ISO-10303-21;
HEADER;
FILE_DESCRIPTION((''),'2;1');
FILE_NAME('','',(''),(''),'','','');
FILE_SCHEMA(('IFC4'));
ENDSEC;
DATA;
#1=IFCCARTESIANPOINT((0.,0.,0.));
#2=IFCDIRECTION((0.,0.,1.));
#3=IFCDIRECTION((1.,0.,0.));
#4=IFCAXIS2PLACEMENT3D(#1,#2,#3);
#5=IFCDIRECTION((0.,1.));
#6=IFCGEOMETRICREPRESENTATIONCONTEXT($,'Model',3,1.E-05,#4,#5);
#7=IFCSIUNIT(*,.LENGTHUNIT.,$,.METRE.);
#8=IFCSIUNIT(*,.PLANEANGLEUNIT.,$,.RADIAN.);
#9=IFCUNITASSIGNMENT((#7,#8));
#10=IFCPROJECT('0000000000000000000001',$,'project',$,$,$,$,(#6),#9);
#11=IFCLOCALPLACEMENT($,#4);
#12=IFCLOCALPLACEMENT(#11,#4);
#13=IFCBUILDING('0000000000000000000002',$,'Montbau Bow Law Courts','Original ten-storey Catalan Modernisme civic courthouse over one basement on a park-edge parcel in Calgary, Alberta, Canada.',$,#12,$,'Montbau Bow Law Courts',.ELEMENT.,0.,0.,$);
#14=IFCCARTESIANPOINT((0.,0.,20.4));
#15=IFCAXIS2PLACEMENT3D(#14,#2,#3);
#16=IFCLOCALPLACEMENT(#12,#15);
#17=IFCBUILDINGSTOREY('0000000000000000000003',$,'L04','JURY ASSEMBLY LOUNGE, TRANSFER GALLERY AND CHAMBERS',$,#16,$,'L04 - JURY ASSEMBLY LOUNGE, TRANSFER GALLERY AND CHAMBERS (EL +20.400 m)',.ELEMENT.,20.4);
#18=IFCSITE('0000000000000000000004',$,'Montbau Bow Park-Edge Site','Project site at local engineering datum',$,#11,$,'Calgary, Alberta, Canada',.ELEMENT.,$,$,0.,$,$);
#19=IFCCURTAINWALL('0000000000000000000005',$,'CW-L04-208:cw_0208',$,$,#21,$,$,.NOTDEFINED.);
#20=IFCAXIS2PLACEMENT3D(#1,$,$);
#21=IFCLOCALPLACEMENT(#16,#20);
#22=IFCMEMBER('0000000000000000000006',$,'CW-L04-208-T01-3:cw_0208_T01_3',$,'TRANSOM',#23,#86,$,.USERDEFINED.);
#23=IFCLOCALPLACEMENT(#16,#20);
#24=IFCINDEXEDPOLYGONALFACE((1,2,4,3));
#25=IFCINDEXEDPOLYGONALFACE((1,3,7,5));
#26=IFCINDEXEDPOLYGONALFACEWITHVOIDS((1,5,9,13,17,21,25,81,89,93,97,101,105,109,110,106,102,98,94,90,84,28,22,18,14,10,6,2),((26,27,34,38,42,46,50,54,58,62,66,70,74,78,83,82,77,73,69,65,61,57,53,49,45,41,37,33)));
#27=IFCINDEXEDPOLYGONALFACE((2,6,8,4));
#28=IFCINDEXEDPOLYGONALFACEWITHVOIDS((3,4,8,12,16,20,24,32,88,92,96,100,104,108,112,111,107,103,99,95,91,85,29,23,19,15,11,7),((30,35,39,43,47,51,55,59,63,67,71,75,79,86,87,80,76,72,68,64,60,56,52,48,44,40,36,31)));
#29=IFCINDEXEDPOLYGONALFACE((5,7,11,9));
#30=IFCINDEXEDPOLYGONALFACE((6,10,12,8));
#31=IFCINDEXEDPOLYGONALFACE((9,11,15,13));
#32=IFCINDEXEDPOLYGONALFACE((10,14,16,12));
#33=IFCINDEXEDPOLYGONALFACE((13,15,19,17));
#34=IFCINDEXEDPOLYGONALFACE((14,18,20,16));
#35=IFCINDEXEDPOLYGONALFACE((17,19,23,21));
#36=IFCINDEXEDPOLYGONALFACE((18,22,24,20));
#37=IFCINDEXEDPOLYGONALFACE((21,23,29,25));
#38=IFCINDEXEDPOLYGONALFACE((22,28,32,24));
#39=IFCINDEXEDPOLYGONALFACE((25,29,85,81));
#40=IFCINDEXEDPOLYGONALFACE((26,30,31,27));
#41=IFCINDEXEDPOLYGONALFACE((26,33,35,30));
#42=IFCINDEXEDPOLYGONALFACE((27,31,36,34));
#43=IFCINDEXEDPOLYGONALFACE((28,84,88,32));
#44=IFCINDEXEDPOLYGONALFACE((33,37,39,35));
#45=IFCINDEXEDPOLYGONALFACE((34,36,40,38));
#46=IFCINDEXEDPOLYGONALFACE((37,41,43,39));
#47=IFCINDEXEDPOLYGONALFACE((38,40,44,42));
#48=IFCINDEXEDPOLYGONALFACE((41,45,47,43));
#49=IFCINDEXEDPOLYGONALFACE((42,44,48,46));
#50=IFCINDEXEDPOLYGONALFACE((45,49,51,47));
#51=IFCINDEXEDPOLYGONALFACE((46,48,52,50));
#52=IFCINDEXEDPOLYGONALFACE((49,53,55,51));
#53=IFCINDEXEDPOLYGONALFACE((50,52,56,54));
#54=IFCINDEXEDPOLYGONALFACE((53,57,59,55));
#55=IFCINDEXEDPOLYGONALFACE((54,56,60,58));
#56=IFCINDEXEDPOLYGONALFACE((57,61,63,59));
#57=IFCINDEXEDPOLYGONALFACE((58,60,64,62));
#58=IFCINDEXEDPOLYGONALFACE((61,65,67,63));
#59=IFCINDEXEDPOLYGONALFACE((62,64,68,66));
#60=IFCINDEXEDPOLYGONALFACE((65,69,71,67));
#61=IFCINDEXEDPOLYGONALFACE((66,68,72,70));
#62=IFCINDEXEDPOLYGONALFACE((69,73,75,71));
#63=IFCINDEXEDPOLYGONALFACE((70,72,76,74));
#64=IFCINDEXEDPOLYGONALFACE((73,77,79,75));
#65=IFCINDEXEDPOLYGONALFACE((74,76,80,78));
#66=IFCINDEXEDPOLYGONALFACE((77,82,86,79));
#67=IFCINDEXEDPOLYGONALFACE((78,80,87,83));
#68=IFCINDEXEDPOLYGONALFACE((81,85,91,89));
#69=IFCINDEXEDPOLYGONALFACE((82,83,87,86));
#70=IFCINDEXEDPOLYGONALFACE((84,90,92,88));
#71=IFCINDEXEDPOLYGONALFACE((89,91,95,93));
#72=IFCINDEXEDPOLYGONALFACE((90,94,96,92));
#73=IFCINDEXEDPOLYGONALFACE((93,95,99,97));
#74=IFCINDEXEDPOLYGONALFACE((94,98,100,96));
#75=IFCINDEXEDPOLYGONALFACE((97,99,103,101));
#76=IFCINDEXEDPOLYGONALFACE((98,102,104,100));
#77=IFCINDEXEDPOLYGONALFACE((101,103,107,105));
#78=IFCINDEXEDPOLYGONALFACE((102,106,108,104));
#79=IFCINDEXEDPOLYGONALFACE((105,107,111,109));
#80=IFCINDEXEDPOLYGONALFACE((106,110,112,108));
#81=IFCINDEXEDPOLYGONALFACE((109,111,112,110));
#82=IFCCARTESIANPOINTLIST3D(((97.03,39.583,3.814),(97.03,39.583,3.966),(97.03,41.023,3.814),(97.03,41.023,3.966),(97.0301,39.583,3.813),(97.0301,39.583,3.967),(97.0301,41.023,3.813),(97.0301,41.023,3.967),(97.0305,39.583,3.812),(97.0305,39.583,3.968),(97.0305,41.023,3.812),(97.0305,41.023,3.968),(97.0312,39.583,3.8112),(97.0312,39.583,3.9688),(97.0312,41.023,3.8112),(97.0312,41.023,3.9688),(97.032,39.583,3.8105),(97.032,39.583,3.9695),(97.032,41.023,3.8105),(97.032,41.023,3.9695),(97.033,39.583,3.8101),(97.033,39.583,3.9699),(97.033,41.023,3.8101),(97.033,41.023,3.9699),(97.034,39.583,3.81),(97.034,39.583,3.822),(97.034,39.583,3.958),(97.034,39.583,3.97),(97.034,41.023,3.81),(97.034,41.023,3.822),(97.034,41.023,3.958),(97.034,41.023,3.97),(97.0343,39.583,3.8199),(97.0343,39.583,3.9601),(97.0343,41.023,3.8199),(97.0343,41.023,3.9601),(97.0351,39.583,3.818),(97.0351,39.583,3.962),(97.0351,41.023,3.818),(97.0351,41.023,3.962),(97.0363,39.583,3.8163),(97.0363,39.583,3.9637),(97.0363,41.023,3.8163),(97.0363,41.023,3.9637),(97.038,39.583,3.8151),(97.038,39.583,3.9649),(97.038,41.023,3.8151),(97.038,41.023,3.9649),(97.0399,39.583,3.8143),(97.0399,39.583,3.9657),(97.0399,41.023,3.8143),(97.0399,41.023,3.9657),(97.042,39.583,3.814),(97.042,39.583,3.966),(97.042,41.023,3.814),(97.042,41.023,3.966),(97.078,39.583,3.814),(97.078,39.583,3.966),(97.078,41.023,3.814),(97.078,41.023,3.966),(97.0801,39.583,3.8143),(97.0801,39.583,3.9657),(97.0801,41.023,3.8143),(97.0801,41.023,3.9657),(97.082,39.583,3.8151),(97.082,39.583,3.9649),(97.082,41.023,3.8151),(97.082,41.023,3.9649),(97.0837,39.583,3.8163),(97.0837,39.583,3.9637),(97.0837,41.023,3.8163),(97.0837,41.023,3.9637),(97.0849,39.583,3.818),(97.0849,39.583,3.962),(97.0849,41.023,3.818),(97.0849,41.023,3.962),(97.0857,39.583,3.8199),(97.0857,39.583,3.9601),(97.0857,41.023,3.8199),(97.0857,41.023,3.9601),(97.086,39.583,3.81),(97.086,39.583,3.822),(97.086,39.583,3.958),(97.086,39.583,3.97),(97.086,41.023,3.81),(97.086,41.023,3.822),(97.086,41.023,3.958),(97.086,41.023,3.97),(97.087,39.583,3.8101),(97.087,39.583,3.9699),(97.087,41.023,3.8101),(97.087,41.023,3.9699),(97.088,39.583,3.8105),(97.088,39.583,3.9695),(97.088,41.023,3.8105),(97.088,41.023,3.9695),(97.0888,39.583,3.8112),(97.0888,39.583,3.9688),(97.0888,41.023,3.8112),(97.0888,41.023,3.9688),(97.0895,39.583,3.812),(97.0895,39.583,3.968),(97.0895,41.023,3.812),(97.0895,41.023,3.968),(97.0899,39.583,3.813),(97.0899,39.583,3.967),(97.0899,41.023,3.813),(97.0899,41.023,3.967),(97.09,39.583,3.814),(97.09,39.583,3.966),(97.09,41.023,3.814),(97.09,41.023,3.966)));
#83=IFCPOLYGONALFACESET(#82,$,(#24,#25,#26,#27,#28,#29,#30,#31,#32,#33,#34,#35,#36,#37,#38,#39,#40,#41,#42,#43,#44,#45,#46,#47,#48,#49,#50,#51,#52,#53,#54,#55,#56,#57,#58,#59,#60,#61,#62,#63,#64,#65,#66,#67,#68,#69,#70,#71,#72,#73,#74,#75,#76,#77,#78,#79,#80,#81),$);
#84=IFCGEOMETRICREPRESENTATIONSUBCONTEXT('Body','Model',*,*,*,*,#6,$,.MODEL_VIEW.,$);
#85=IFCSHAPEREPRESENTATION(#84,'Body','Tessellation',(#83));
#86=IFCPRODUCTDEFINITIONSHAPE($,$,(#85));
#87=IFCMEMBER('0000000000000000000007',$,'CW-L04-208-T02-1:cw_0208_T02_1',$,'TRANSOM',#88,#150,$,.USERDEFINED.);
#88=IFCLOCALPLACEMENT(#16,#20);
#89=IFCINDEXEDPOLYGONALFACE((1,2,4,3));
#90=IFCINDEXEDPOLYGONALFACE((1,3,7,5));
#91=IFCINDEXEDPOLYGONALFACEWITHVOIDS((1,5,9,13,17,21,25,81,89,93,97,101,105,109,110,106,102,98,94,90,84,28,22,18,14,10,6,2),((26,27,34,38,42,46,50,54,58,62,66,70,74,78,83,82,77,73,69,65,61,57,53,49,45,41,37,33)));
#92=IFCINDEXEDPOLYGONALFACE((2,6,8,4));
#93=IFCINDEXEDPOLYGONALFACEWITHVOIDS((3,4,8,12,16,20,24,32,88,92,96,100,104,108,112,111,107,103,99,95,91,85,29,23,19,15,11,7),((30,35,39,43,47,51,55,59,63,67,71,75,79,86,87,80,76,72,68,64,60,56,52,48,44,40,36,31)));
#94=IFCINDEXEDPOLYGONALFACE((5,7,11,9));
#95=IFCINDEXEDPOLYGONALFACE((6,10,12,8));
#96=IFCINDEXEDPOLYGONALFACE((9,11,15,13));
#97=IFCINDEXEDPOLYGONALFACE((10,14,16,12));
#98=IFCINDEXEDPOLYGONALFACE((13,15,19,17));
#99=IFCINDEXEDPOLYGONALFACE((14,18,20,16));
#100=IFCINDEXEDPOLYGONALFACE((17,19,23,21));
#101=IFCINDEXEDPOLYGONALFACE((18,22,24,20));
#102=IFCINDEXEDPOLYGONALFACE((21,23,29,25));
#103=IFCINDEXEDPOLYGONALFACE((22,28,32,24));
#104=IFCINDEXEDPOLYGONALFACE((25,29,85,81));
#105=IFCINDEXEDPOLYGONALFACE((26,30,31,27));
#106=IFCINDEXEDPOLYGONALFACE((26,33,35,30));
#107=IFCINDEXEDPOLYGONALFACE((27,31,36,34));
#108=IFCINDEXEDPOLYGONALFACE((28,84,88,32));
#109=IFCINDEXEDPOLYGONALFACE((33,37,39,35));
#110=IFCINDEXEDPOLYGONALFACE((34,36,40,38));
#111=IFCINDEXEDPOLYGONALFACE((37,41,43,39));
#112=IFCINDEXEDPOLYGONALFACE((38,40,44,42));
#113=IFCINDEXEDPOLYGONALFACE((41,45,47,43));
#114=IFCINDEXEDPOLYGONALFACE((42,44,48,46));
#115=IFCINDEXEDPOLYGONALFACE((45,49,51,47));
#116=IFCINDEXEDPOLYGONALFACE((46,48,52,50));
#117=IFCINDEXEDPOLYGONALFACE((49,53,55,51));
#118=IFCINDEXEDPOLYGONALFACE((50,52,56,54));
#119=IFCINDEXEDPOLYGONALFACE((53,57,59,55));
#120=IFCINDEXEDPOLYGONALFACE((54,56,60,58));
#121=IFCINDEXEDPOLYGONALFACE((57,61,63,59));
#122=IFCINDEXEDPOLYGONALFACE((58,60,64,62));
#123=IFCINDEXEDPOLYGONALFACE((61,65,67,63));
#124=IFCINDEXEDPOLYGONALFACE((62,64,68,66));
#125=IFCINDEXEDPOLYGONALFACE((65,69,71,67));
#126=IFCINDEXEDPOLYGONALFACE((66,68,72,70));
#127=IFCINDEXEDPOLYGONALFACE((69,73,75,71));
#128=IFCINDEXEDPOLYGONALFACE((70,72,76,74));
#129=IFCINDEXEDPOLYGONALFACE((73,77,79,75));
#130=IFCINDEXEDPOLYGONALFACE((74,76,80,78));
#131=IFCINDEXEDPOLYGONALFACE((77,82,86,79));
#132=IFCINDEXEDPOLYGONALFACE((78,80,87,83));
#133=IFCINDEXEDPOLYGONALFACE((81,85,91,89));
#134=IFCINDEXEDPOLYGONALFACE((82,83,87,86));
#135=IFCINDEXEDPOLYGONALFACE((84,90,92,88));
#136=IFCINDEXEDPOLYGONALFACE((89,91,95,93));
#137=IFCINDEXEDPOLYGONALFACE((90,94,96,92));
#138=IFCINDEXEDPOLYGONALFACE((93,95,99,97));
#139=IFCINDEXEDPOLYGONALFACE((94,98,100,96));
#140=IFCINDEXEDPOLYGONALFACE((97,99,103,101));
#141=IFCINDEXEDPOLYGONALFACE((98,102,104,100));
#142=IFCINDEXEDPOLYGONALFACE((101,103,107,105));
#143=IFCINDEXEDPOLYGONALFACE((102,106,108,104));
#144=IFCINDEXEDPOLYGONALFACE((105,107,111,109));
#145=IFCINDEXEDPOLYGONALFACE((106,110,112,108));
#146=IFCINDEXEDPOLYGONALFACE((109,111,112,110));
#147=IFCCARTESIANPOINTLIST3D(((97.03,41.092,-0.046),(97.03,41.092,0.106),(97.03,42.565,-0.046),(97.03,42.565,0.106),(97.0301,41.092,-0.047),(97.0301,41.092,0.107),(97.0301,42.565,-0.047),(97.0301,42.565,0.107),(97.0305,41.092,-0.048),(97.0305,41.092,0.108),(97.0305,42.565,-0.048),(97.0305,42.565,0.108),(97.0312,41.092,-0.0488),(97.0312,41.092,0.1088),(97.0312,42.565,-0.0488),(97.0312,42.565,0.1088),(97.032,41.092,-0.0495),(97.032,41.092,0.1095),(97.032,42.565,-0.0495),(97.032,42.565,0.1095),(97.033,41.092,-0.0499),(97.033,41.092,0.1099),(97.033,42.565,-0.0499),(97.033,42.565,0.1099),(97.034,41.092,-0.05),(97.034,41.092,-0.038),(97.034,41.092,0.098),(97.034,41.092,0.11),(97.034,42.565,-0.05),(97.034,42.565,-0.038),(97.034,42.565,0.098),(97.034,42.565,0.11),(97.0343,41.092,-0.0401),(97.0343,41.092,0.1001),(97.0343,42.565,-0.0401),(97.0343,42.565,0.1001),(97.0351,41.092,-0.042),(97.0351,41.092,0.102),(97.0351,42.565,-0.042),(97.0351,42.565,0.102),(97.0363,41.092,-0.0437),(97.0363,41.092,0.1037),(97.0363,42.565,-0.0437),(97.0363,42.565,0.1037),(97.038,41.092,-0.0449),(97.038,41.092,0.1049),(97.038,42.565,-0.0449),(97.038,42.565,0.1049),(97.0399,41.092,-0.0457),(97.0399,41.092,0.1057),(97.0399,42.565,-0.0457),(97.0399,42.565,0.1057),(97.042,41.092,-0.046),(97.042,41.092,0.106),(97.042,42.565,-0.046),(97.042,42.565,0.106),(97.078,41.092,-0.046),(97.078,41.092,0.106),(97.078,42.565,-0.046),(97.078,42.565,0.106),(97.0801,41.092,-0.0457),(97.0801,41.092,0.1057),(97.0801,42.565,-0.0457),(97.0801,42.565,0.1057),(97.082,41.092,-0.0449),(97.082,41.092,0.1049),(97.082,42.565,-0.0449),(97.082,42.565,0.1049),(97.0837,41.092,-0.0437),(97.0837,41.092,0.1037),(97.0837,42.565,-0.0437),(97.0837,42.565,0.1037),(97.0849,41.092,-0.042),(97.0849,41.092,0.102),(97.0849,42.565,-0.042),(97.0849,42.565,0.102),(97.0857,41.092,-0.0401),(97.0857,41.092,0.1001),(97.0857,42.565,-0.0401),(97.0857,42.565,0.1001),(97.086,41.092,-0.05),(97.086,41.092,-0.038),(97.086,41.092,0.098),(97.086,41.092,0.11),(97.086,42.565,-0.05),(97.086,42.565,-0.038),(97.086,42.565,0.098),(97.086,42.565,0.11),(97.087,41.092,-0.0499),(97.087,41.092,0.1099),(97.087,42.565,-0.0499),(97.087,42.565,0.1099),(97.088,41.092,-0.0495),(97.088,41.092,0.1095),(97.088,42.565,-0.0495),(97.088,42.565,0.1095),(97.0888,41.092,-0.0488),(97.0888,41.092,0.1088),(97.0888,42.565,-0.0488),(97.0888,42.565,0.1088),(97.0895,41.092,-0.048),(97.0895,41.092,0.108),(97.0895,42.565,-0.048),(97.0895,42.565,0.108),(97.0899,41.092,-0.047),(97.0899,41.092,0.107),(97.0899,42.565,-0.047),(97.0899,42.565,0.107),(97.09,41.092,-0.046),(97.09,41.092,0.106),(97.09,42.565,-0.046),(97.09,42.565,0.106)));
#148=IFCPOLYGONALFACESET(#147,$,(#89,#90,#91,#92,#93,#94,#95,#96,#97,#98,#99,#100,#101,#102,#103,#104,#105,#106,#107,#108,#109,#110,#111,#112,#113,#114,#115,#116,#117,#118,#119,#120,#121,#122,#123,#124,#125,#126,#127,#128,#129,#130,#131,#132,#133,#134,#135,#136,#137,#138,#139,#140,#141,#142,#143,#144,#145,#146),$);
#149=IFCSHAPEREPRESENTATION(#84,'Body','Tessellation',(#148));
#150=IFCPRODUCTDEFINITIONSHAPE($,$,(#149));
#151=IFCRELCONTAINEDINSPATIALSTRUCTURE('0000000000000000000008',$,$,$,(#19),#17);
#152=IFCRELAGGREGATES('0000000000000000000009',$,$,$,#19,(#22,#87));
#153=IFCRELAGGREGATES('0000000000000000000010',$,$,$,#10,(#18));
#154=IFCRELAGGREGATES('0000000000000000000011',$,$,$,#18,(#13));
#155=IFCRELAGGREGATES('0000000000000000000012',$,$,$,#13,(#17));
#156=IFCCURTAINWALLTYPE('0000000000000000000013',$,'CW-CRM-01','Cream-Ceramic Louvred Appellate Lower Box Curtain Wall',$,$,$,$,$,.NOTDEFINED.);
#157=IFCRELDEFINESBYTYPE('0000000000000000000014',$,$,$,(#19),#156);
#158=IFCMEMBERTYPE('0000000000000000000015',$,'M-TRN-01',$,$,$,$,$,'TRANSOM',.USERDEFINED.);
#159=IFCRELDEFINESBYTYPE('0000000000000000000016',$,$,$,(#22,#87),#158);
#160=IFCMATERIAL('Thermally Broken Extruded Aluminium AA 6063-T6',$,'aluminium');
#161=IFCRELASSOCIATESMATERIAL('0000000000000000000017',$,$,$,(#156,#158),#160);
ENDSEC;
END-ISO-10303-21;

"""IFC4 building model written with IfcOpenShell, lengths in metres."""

from ifc_helpers import new_model, si_unit, direction, frame, origin_with_axes, origin_2d_with_axis, place, context, subcontext, project, spatial, hollow_rectangle, extrude, material, material_profile, profile_set, type_object, element, aggregate, save


model = new_model("IFC4")

# Units and contexts
model_context = context("Model", 3, precision=1e-05, world=origin_with_axes(), true_north=direction((0.0, 1.0)))
body_context = subcontext(model_context, "Body", "Model", "MODEL_VIEW")
ifc_project = project(units=[si_unit("LENGTHUNIT", "METRE"), si_unit("PLANEANGLEUNIT", "RADIAN")], contexts=[model_context])

# Site, building, storey
site_placement = place(None, origin_with_axes())
site = spatial("IfcSite", under=ifc_project, at=site_placement, Name="Montbau Bow Park-Edge Site", Description="Project site at local engineering datum", LongName="Calgary, Alberta, Canada", CompositionType="ELEMENT", RefElevation=0.0)
building_placement = place(site_placement, origin_with_axes())
building = spatial("IfcBuilding", under=site, at=building_placement, Name="Montbau Bow Law Courts", Description="Original ten-storey Catalan Modernisme civic courthouse over one basement on a park-edge parcel in Calgary, Alberta, Canada.", LongName="Montbau Bow Law Courts", CompositionType="ELEMENT", ElevationOfRefHeight=0.0, ElevationOfTerrain=0.0)
storey_placement = place(building_placement, frame((0.0, 0.0, 20.4), z_axis=(0.0, 0.0, 1.0), x_axis=(1.0, 0.0, 0.0)))
storey = spatial("IfcBuildingStorey", under=building, at=storey_placement, Name="L04", Description="JURY ASSEMBLY LOUNGE, TRANSFER GALLERY AND CHAMBERS", LongName="L04 - JURY ASSEMBLY LOUNGE, TRANSFER GALLERY AND CHAMBERS (EL +20.400 m)", CompositionType="ELEMENT", Elevation=20.4)

# Curtain wall
ifc_material_1 = material(Name="Thermally Broken Extruded Aluminium AA 6063-T6", Category="aluminium")
curtain_wall_type = type_object("IfcCurtainWallType", Name="CW-CRM-01", Description="Cream-Ceramic Louvred Appellate Lower Box Curtain Wall", PredefinedType="NOTDEFINED", material=ifc_material_1)
curtain_wall_1_placement = place(None, frame((97.06, 39.515, 20.4), z_axis=(0.0, 0.0, 1.0), x_axis=(1.0, 0.0, 0.0)))
curtain_wall_1 = element("IfcCurtainWall", 1, at=curtain_wall_1_placement, inside=storey, type_object=curtain_wall_type, Name="CW-L04-208:cw_0208", PredefinedType="NOTDEFINED")

# Members
ifc_material_profile_1 = material_profile(ifc_material_1, hollow_rectangle(XDim=0.06, YDim=0.16, WallThickness=0.004, InnerFilletRadius=0.008, OuterFilletRadius=0.004, at=origin_2d_with_axis()), Name="CWT-160X60", Category="Main", Priority=0)
ifc_profile_set_1 = profile_set([ifc_material_profile_1], Name="Thermally Broken Extruded Aluminium AA 6063-T6")
member_type_1 = type_object("IfcMemberType", Name="M-TRN-01", ElementType="TRANSOM", PredefinedType="USERDEFINED", material=ifc_profile_set_1)
member_1_placement = place(None, frame((97.06, 39.583, 24.29), z_axis=(0.0, 1.0, 0.0), x_axis=(-1.0, 0.0, 0.0)))
member_1 = element("IfcMember", 2, at=member_1_placement, type_object=member_type_1, Name="CW-L04-208-T01-3:cw_0208_T01_3", ObjectType="TRANSOM", PredefinedType="USERDEFINED", context=body_context, shape_type="SweptSolid", body=[
    extrude(hollow_rectangle(XDim=0.06, YDim=0.16, WallThickness=0.004, InnerFilletRadius=0.008, OuterFilletRadius=0.004, at=origin_2d_with_axis()), origin_with_axes(), (0.0, 0.0, 1.0), 1.44),
])
member_2_placement = place(None, frame((97.06, 41.092, 20.43), z_axis=(0.0, 1.0, 0.0), x_axis=(-1.0, 0.0, 0.0)))
member_2 = element("IfcMember", 3, at=member_2_placement, type_object=member_type_1, Name="CW-L04-208-T02-1:cw_0208_T02_1", ObjectType="TRANSOM", PredefinedType="USERDEFINED", context=body_context, shape_type="SweptSolid", body=[
    extrude(hollow_rectangle(XDim=0.06, YDim=0.16, WallThickness=0.004, InnerFilletRadius=0.008, OuterFilletRadius=0.004, at=origin_2d_with_axis()), origin_with_axes(), (0.0, 0.0, 1.0), 1.473),
])

aggregate(curtain_wall_1, [member_1, member_2])

save(model, "model.ifc")
